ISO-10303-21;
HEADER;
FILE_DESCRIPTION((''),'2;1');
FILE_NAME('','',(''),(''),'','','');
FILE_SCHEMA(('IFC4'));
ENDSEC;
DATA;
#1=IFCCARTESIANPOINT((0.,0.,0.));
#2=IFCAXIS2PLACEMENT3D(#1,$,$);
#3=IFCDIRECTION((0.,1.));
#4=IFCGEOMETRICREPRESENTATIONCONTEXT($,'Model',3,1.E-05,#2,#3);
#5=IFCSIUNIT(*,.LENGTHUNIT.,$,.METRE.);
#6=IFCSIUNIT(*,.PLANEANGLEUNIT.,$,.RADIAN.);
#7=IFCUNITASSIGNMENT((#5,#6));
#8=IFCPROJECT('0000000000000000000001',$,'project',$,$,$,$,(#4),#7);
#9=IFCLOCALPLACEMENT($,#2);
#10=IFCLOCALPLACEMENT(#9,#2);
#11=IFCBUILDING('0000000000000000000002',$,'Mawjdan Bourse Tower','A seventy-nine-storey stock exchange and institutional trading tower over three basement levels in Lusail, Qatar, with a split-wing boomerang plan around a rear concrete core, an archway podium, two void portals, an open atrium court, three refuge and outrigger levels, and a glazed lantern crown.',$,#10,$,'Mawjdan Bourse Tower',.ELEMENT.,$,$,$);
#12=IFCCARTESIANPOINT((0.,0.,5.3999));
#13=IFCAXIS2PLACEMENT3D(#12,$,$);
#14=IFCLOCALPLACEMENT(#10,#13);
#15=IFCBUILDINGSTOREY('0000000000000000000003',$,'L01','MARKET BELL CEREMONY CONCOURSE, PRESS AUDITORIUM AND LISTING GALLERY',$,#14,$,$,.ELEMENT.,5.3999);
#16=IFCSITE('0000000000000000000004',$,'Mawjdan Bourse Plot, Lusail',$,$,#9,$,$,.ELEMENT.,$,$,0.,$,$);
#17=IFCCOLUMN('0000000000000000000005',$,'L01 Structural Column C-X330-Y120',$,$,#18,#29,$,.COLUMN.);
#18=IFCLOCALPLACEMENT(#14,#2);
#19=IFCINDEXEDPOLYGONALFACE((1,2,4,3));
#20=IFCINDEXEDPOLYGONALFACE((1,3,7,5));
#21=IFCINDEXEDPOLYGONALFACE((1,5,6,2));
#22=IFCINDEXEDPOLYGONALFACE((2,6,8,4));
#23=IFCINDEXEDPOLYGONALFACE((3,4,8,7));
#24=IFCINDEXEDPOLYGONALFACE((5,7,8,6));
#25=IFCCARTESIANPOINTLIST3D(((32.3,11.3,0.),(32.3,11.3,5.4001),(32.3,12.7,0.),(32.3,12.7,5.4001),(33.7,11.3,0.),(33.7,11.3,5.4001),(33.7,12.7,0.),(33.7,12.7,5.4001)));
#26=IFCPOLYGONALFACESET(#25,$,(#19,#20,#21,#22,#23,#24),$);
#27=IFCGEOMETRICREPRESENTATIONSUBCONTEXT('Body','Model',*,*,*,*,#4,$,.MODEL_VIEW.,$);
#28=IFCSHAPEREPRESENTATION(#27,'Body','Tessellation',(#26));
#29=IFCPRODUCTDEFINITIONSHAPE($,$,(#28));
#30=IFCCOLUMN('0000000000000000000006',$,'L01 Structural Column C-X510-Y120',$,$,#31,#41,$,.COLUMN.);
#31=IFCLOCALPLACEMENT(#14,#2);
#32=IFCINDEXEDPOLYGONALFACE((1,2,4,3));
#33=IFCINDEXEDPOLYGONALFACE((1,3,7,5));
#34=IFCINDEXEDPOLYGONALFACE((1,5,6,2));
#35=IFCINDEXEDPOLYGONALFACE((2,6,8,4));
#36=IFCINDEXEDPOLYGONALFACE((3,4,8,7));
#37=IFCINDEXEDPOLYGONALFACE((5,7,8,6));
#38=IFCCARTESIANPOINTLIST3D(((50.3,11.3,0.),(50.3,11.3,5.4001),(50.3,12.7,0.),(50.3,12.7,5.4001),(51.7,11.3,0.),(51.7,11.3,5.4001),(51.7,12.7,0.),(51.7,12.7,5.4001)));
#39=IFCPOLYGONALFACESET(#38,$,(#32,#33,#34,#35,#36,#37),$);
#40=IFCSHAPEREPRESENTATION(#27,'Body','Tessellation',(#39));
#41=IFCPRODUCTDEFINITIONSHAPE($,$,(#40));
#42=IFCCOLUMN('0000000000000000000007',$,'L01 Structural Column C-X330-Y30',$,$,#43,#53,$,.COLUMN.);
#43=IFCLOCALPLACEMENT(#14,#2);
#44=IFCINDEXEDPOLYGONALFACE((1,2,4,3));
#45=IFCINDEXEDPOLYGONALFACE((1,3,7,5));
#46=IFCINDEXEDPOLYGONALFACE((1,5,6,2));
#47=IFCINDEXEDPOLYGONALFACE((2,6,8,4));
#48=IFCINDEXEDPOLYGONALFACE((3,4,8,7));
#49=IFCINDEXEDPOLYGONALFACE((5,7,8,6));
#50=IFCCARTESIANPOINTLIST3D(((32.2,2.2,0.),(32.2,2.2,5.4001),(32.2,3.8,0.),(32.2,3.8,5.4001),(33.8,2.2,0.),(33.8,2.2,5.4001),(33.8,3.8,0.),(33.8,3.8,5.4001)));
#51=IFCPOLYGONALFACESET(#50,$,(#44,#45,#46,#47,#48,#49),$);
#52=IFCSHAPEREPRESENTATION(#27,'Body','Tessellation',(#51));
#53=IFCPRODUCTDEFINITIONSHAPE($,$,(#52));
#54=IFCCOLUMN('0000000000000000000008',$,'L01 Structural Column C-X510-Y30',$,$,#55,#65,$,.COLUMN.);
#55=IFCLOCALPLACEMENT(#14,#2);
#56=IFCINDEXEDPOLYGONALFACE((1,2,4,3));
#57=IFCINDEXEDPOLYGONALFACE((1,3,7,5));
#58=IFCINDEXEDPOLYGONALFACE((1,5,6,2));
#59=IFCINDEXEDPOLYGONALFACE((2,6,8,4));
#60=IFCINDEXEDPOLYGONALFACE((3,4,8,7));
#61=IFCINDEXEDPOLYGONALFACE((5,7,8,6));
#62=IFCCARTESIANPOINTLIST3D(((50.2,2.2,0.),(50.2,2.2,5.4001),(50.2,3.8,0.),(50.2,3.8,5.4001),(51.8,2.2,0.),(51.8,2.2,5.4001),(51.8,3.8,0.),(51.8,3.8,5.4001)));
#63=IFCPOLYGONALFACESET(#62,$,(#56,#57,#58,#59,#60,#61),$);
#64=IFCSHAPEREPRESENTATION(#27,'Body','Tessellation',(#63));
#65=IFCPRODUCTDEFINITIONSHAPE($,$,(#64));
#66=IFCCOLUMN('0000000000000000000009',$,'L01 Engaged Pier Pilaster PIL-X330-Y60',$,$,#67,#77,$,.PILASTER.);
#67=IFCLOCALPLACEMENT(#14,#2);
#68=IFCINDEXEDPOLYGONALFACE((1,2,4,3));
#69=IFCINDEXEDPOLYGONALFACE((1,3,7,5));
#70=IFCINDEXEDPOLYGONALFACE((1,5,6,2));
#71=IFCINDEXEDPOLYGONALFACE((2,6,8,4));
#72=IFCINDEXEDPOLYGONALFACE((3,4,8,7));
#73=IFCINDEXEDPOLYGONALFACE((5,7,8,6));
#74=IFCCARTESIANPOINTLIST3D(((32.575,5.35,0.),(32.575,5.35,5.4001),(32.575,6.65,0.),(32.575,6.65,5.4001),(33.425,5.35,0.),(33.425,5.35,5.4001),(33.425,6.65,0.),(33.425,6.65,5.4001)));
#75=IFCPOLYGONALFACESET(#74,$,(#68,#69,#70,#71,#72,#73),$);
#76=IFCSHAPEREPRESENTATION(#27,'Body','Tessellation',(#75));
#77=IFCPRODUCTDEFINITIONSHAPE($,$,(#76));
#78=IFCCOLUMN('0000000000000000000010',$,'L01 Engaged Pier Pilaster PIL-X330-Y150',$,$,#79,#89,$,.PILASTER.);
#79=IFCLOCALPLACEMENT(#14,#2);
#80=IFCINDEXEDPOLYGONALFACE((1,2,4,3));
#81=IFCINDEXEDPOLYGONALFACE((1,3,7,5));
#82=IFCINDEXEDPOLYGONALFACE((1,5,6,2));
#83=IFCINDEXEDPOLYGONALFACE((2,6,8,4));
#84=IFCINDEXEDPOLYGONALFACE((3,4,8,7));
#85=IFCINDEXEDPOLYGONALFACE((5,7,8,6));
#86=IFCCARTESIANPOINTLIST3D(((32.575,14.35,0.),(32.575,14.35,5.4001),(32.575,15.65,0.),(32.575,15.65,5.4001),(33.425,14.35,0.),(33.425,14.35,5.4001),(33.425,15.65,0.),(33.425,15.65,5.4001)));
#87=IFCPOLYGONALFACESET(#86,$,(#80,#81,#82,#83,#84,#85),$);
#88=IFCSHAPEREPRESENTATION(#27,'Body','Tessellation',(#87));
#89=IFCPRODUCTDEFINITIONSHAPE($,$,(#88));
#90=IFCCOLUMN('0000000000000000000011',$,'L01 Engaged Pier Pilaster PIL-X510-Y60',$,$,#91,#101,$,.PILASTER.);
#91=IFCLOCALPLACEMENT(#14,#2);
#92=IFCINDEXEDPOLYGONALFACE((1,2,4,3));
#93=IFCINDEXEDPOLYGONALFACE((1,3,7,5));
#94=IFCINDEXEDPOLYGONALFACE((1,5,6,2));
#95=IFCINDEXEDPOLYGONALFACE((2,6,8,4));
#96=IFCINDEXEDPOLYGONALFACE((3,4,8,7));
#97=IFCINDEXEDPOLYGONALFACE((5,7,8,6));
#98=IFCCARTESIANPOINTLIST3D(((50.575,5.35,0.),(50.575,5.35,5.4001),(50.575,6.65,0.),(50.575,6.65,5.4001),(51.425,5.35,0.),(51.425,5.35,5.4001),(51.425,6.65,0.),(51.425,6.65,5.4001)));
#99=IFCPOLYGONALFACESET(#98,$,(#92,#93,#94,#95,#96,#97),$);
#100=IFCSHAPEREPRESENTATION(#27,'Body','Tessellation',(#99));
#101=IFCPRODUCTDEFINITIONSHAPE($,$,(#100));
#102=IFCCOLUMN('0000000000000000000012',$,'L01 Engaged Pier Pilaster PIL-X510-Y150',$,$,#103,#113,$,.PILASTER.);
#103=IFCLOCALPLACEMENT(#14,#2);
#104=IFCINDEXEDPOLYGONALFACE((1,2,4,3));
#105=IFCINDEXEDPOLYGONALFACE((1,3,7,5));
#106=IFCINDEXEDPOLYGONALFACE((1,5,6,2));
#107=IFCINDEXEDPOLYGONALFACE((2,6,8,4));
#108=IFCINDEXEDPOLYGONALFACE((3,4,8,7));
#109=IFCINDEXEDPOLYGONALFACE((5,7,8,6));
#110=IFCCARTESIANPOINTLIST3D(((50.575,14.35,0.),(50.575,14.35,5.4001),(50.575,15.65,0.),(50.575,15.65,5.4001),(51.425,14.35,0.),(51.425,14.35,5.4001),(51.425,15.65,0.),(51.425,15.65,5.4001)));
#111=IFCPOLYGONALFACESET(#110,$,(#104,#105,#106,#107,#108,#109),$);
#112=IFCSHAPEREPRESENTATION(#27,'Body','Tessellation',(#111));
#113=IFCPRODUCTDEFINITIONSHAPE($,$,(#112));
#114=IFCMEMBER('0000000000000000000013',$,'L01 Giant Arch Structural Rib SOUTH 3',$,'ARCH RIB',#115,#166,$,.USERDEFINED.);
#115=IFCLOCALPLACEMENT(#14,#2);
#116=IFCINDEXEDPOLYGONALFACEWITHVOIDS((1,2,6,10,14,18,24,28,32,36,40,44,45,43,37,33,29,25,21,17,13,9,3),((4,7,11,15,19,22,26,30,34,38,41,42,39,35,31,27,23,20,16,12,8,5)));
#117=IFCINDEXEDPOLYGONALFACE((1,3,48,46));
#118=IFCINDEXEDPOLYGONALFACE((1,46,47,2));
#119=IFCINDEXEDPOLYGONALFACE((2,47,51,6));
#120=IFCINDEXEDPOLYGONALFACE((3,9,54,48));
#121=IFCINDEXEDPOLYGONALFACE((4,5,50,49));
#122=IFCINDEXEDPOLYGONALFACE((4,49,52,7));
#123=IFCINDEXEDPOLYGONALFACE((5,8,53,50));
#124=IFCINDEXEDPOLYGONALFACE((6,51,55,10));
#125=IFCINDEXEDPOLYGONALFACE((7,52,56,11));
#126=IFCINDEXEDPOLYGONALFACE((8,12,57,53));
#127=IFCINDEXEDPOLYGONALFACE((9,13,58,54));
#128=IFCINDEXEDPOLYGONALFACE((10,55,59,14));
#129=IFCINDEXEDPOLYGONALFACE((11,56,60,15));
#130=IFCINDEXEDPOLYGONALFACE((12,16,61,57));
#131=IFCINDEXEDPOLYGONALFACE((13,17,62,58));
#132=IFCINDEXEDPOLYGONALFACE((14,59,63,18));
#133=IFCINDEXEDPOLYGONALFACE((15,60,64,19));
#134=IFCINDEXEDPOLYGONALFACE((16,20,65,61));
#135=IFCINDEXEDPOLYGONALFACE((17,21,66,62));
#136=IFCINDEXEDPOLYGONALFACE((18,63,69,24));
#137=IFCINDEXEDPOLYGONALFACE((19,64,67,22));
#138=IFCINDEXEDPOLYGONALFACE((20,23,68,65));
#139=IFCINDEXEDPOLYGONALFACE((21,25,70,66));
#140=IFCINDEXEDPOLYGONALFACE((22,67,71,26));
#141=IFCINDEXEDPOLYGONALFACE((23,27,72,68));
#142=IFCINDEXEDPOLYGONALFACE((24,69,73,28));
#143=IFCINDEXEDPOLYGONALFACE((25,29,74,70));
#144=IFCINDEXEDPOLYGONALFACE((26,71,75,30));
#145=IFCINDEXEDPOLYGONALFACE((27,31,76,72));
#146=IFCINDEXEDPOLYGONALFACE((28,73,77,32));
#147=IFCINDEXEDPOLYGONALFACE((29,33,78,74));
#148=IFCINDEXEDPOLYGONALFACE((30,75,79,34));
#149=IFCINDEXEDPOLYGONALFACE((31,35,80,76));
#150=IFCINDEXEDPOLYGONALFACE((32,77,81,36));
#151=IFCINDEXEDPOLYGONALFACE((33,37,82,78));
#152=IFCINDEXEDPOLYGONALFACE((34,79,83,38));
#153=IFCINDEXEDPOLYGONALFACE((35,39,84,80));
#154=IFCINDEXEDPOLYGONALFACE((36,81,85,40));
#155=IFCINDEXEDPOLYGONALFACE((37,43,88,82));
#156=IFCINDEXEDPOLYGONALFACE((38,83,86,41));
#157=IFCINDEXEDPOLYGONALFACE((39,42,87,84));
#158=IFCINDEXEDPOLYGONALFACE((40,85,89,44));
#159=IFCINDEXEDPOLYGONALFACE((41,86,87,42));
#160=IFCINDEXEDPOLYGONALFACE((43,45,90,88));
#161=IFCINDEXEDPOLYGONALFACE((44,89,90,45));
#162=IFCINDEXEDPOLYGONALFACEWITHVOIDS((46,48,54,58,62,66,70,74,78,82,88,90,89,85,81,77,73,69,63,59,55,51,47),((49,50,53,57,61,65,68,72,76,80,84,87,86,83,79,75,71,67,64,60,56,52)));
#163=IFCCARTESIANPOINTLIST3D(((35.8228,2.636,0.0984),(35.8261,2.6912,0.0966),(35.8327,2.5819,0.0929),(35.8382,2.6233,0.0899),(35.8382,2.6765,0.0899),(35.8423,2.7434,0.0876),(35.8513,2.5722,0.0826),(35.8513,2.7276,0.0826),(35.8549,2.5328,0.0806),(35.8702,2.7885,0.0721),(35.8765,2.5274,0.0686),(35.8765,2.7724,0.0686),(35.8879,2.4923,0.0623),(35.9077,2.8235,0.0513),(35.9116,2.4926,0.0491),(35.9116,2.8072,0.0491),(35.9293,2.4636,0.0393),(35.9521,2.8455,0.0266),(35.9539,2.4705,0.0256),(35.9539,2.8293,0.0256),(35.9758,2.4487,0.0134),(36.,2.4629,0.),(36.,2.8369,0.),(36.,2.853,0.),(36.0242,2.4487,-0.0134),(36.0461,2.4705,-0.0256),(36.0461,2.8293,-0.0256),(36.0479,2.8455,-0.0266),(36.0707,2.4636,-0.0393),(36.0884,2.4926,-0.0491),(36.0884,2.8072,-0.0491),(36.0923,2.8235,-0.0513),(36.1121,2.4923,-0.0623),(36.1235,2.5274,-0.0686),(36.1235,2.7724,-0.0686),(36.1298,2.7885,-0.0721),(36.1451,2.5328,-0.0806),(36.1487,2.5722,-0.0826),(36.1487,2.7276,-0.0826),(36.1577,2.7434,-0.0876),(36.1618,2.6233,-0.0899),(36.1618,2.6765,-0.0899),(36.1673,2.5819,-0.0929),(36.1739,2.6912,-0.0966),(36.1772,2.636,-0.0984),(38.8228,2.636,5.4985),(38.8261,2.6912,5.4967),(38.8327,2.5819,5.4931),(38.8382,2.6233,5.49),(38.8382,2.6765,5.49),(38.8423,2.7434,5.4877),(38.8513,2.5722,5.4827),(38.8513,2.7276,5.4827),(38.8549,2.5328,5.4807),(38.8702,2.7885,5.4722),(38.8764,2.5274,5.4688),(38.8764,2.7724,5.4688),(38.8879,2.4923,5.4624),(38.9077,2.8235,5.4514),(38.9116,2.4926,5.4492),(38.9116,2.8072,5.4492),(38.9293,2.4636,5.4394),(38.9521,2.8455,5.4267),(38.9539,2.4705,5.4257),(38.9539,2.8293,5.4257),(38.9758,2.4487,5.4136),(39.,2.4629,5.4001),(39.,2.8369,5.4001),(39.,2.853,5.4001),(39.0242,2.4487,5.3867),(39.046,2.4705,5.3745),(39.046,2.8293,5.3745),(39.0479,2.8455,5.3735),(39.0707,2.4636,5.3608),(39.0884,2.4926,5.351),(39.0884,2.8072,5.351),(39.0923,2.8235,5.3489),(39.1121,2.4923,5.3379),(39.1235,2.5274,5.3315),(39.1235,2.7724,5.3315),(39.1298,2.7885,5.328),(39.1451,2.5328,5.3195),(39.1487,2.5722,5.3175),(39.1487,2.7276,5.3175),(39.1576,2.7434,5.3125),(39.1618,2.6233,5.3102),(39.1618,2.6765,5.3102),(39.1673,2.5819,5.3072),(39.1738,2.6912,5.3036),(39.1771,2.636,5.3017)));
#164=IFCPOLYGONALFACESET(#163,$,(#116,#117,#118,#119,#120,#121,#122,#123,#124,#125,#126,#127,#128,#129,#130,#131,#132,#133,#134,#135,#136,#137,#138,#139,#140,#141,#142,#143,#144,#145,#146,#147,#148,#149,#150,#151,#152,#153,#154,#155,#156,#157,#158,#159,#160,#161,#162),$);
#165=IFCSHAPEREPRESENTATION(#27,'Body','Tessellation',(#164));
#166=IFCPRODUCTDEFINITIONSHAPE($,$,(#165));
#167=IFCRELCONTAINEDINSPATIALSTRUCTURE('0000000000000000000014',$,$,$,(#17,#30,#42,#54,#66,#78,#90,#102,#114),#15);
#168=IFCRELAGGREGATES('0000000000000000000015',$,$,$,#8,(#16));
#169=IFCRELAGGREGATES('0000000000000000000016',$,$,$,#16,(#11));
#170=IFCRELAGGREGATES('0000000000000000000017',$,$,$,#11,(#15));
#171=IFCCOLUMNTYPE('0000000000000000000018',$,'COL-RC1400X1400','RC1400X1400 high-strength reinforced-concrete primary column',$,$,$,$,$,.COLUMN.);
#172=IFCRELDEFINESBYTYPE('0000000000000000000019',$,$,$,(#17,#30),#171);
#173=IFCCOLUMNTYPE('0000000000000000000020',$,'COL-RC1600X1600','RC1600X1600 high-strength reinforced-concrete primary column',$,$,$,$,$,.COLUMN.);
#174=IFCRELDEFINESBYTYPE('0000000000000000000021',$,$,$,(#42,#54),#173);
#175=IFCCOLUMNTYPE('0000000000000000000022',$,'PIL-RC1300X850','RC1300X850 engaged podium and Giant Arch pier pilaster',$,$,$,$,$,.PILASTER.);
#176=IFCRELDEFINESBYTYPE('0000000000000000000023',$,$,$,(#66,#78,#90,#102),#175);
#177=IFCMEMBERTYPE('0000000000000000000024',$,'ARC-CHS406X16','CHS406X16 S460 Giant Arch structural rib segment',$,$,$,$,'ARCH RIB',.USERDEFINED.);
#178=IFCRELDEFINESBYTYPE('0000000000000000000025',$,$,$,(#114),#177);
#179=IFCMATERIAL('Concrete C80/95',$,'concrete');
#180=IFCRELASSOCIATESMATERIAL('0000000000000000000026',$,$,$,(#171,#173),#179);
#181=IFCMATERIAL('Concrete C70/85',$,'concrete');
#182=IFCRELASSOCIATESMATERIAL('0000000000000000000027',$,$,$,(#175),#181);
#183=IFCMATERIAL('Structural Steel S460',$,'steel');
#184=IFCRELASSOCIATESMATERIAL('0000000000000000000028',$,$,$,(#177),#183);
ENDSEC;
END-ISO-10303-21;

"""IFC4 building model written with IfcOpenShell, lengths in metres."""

from ifc_helpers import new_model, si_unit, direction, frame, origin, origin_2d, place, context, subcontext, project, spatial, rectangle, hollow_circle, extrude, material, material_profile, profile_set, type_object, element, save


model = new_model("IFC4")

# Units and contexts
model_context = context("Model", 3, precision=1e-05, world=origin(), true_north=direction((0.0, 1.0)))
body_context = subcontext(model_context, "Body", "Model", "MODEL_VIEW")
ifc_project = project(units=[si_unit("LENGTHUNIT", "METRE"), si_unit("PLANEANGLEUNIT", "RADIAN")], contexts=[model_context])

# Site, building, storey
site_placement = place(None, origin())
site = spatial("IfcSite", under=ifc_project, at=site_placement, Name="Mawjdan Bourse Plot, Lusail", CompositionType="ELEMENT", RefElevation=0.0)
building_placement = place(site_placement, origin())
building = spatial("IfcBuilding", under=site, at=building_placement, Name="Mawjdan Bourse Tower", Description="A seventy-nine-storey stock exchange and institutional trading tower over three basement levels in Lusail, Qatar, with a split-wing boomerang plan around a rear concrete core, an archway podium, two void portals, an open atrium court, three refuge and outrigger levels, and a glazed lantern crown.", LongName="Mawjdan Bourse Tower", CompositionType="ELEMENT")
storey_placement = place(building_placement, frame((0.0, 0.0, 5.3999)))
storey = spatial("IfcBuildingStorey", under=building, at=storey_placement, Name="L01", Description="MARKET BELL CEREMONY CONCOURSE, PRESS AUDITORIUM AND LISTING GALLERY", CompositionType="ELEMENT", Elevation=5.3999)

# Columns
ifc_material_1 = material(Name="Concrete C80/95", Category="concrete")
ifc_material_profile_1 = material_profile(ifc_material_1, rectangle(XDim=1.3999, YDim=1.3999, at=origin_2d()), Name="RC1400X1400")
ifc_profile_set_1 = profile_set([ifc_material_profile_1], Name="Concrete C80/95")
column_type_1 = type_object("IfcColumnType", Name="COL-RC1400X1400", Description="RC1400X1400 high-strength reinforced-concrete primary column", PredefinedType="COLUMN", material=ifc_profile_set_1)
for number, where, z_axis, x_axis, name in (
    (1, (33.0, 12.0, 0.0), (0.0, 0.0, 1.0), (1.0, 0.0, 0.0), "L01 Structural Column C-X330-Y120"),
    (2, (51.0, 12.0, 0.0), (0.0, 0.0, 1.0), (1.0, 0.0, 0.0), "L01 Structural Column C-X510-Y120"),
):
    element("IfcColumn", number, at=place(storey_placement, frame(where, z_axis=z_axis, x_axis=x_axis)), inside=storey, type_object=column_type_1, Name=name, PredefinedType="COLUMN", context=body_context, shape_type="SweptSolid", body=[
        extrude(rectangle(XDim=1.3999, YDim=1.3999, at=origin_2d()), origin(), (0.0, 0.0, 1.0), 5.4001),
    ])
ifc_material_profile_2 = material_profile(ifc_material_1, rectangle(XDim=1.6001, YDim=1.6001, at=origin_2d()), Name="RC1600X1600")
ifc_profile_set_2 = profile_set([ifc_material_profile_2], Name="Concrete C80/95")
column_type_2 = type_object("IfcColumnType", Name="COL-RC1600X1600", Description="RC1600X1600 high-strength reinforced-concrete primary column", PredefinedType="COLUMN", material=ifc_profile_set_2)
for number, where, z_axis, x_axis, name in (
    (3, (33.0, 3.0, 0.0), (0.0, 0.0, 1.0), (1.0, 0.0, 0.0), "L01 Structural Column C-X330-Y30"),
    (4, (51.0, 3.0, 0.0), (0.0, 0.0, 1.0), (1.0, 0.0, 0.0), "L01 Structural Column C-X510-Y30"),
):
    element("IfcColumn", number, at=place(storey_placement, frame(where, z_axis=z_axis, x_axis=x_axis)), inside=storey, type_object=column_type_2, Name=name, PredefinedType="COLUMN", context=body_context, shape_type="SweptSolid", body=[
        extrude(rectangle(XDim=1.6001, YDim=1.6001, at=origin_2d()), origin(), (0.0, 0.0, 1.0), 5.4001),
    ])
ifc_material_2 = material(Name="Concrete C70/85", Category="concrete")
ifc_material_profile_3 = material_profile(ifc_material_2, rectangle(XDim=0.8501, YDim=1.3, at=origin_2d()), Name="RC1300X850")
ifc_profile_set_3 = profile_set([ifc_material_profile_3], Name="Concrete C70/85")
column_type_3 = type_object("IfcColumnType", Name="PIL-RC1300X850", Description="RC1300X850 engaged podium and Giant Arch pier pilaster", PredefinedType="PILASTER", material=ifc_profile_set_3)
for number, where, z_axis, x_axis, name in (
    (5, (33.0, 6.0, 0.0), (0.0, 0.0, 1.0), (1.0, 0.0, 0.0), "L01 Engaged Pier Pilaster PIL-X330-Y60"),
    (6, (33.0, 15.0, 0.0), (0.0, 0.0, 1.0), (1.0, 0.0, 0.0), "L01 Engaged Pier Pilaster PIL-X330-Y150"),
    (7, (51.0, 6.0, 0.0), (0.0, 0.0, 1.0), (1.0, 0.0, 0.0), "L01 Engaged Pier Pilaster PIL-X510-Y60"),
    (8, (51.0, 15.0, 0.0), (0.0, 0.0, 1.0), (1.0, 0.0, 0.0), "L01 Engaged Pier Pilaster PIL-X510-Y150"),
):
    element("IfcColumn", number, at=place(storey_placement, frame(where, z_axis=z_axis, x_axis=x_axis)), inside=storey, type_object=column_type_3, Name=name, PredefinedType="PILASTER", context=body_context, shape_type="SweptSolid", body=[
        extrude(rectangle(XDim=0.8501, YDim=1.3, at=origin_2d()), origin(), (0.0, 0.0, 1.0), 5.4001),
    ])

# Member
ifc_material_3 = material(Name="Structural Steel S460", Category="steel")
ifc_material_profile_4 = material_profile(ifc_material_3, hollow_circle(Radius=0.2031, WallThickness=0.0161, at=origin_2d()), Name="CHS406X16")
ifc_profile_set_4 = profile_set([ifc_material_profile_4], Name="Structural Steel S460")
member_type_1 = type_object("IfcMemberType", Name="ARC-CHS406X16", Description="CHS406X16 S460 Giant Arch structural rib segment", ElementType="ARCH RIB", PredefinedType="USERDEFINED", material=ifc_profile_set_4)
for number, where, z_axis, x_axis, name in (
    (9, (36.0, 2.6499, 0.0), (0.485633, 0.0, 0.874163), (0.0, 1.0, 0.0), "L01 Giant Arch Structural Rib SOUTH 3"),
):
    element("IfcMember", number, at=place(storey_placement, frame(where, z_axis=z_axis, x_axis=x_axis)), inside=storey, type_object=member_type_1, Name=name, ObjectType="ARCH RIB", PredefinedType="USERDEFINED", context=body_context, shape_type="SweptSolid", body=[
        extrude(hollow_circle(Radius=0.2031, WallThickness=0.0161, at=origin_2d()), origin(), (0.0, 0.0, 1.0), 6.1775),
    ])

save(model, "model.ifc")
